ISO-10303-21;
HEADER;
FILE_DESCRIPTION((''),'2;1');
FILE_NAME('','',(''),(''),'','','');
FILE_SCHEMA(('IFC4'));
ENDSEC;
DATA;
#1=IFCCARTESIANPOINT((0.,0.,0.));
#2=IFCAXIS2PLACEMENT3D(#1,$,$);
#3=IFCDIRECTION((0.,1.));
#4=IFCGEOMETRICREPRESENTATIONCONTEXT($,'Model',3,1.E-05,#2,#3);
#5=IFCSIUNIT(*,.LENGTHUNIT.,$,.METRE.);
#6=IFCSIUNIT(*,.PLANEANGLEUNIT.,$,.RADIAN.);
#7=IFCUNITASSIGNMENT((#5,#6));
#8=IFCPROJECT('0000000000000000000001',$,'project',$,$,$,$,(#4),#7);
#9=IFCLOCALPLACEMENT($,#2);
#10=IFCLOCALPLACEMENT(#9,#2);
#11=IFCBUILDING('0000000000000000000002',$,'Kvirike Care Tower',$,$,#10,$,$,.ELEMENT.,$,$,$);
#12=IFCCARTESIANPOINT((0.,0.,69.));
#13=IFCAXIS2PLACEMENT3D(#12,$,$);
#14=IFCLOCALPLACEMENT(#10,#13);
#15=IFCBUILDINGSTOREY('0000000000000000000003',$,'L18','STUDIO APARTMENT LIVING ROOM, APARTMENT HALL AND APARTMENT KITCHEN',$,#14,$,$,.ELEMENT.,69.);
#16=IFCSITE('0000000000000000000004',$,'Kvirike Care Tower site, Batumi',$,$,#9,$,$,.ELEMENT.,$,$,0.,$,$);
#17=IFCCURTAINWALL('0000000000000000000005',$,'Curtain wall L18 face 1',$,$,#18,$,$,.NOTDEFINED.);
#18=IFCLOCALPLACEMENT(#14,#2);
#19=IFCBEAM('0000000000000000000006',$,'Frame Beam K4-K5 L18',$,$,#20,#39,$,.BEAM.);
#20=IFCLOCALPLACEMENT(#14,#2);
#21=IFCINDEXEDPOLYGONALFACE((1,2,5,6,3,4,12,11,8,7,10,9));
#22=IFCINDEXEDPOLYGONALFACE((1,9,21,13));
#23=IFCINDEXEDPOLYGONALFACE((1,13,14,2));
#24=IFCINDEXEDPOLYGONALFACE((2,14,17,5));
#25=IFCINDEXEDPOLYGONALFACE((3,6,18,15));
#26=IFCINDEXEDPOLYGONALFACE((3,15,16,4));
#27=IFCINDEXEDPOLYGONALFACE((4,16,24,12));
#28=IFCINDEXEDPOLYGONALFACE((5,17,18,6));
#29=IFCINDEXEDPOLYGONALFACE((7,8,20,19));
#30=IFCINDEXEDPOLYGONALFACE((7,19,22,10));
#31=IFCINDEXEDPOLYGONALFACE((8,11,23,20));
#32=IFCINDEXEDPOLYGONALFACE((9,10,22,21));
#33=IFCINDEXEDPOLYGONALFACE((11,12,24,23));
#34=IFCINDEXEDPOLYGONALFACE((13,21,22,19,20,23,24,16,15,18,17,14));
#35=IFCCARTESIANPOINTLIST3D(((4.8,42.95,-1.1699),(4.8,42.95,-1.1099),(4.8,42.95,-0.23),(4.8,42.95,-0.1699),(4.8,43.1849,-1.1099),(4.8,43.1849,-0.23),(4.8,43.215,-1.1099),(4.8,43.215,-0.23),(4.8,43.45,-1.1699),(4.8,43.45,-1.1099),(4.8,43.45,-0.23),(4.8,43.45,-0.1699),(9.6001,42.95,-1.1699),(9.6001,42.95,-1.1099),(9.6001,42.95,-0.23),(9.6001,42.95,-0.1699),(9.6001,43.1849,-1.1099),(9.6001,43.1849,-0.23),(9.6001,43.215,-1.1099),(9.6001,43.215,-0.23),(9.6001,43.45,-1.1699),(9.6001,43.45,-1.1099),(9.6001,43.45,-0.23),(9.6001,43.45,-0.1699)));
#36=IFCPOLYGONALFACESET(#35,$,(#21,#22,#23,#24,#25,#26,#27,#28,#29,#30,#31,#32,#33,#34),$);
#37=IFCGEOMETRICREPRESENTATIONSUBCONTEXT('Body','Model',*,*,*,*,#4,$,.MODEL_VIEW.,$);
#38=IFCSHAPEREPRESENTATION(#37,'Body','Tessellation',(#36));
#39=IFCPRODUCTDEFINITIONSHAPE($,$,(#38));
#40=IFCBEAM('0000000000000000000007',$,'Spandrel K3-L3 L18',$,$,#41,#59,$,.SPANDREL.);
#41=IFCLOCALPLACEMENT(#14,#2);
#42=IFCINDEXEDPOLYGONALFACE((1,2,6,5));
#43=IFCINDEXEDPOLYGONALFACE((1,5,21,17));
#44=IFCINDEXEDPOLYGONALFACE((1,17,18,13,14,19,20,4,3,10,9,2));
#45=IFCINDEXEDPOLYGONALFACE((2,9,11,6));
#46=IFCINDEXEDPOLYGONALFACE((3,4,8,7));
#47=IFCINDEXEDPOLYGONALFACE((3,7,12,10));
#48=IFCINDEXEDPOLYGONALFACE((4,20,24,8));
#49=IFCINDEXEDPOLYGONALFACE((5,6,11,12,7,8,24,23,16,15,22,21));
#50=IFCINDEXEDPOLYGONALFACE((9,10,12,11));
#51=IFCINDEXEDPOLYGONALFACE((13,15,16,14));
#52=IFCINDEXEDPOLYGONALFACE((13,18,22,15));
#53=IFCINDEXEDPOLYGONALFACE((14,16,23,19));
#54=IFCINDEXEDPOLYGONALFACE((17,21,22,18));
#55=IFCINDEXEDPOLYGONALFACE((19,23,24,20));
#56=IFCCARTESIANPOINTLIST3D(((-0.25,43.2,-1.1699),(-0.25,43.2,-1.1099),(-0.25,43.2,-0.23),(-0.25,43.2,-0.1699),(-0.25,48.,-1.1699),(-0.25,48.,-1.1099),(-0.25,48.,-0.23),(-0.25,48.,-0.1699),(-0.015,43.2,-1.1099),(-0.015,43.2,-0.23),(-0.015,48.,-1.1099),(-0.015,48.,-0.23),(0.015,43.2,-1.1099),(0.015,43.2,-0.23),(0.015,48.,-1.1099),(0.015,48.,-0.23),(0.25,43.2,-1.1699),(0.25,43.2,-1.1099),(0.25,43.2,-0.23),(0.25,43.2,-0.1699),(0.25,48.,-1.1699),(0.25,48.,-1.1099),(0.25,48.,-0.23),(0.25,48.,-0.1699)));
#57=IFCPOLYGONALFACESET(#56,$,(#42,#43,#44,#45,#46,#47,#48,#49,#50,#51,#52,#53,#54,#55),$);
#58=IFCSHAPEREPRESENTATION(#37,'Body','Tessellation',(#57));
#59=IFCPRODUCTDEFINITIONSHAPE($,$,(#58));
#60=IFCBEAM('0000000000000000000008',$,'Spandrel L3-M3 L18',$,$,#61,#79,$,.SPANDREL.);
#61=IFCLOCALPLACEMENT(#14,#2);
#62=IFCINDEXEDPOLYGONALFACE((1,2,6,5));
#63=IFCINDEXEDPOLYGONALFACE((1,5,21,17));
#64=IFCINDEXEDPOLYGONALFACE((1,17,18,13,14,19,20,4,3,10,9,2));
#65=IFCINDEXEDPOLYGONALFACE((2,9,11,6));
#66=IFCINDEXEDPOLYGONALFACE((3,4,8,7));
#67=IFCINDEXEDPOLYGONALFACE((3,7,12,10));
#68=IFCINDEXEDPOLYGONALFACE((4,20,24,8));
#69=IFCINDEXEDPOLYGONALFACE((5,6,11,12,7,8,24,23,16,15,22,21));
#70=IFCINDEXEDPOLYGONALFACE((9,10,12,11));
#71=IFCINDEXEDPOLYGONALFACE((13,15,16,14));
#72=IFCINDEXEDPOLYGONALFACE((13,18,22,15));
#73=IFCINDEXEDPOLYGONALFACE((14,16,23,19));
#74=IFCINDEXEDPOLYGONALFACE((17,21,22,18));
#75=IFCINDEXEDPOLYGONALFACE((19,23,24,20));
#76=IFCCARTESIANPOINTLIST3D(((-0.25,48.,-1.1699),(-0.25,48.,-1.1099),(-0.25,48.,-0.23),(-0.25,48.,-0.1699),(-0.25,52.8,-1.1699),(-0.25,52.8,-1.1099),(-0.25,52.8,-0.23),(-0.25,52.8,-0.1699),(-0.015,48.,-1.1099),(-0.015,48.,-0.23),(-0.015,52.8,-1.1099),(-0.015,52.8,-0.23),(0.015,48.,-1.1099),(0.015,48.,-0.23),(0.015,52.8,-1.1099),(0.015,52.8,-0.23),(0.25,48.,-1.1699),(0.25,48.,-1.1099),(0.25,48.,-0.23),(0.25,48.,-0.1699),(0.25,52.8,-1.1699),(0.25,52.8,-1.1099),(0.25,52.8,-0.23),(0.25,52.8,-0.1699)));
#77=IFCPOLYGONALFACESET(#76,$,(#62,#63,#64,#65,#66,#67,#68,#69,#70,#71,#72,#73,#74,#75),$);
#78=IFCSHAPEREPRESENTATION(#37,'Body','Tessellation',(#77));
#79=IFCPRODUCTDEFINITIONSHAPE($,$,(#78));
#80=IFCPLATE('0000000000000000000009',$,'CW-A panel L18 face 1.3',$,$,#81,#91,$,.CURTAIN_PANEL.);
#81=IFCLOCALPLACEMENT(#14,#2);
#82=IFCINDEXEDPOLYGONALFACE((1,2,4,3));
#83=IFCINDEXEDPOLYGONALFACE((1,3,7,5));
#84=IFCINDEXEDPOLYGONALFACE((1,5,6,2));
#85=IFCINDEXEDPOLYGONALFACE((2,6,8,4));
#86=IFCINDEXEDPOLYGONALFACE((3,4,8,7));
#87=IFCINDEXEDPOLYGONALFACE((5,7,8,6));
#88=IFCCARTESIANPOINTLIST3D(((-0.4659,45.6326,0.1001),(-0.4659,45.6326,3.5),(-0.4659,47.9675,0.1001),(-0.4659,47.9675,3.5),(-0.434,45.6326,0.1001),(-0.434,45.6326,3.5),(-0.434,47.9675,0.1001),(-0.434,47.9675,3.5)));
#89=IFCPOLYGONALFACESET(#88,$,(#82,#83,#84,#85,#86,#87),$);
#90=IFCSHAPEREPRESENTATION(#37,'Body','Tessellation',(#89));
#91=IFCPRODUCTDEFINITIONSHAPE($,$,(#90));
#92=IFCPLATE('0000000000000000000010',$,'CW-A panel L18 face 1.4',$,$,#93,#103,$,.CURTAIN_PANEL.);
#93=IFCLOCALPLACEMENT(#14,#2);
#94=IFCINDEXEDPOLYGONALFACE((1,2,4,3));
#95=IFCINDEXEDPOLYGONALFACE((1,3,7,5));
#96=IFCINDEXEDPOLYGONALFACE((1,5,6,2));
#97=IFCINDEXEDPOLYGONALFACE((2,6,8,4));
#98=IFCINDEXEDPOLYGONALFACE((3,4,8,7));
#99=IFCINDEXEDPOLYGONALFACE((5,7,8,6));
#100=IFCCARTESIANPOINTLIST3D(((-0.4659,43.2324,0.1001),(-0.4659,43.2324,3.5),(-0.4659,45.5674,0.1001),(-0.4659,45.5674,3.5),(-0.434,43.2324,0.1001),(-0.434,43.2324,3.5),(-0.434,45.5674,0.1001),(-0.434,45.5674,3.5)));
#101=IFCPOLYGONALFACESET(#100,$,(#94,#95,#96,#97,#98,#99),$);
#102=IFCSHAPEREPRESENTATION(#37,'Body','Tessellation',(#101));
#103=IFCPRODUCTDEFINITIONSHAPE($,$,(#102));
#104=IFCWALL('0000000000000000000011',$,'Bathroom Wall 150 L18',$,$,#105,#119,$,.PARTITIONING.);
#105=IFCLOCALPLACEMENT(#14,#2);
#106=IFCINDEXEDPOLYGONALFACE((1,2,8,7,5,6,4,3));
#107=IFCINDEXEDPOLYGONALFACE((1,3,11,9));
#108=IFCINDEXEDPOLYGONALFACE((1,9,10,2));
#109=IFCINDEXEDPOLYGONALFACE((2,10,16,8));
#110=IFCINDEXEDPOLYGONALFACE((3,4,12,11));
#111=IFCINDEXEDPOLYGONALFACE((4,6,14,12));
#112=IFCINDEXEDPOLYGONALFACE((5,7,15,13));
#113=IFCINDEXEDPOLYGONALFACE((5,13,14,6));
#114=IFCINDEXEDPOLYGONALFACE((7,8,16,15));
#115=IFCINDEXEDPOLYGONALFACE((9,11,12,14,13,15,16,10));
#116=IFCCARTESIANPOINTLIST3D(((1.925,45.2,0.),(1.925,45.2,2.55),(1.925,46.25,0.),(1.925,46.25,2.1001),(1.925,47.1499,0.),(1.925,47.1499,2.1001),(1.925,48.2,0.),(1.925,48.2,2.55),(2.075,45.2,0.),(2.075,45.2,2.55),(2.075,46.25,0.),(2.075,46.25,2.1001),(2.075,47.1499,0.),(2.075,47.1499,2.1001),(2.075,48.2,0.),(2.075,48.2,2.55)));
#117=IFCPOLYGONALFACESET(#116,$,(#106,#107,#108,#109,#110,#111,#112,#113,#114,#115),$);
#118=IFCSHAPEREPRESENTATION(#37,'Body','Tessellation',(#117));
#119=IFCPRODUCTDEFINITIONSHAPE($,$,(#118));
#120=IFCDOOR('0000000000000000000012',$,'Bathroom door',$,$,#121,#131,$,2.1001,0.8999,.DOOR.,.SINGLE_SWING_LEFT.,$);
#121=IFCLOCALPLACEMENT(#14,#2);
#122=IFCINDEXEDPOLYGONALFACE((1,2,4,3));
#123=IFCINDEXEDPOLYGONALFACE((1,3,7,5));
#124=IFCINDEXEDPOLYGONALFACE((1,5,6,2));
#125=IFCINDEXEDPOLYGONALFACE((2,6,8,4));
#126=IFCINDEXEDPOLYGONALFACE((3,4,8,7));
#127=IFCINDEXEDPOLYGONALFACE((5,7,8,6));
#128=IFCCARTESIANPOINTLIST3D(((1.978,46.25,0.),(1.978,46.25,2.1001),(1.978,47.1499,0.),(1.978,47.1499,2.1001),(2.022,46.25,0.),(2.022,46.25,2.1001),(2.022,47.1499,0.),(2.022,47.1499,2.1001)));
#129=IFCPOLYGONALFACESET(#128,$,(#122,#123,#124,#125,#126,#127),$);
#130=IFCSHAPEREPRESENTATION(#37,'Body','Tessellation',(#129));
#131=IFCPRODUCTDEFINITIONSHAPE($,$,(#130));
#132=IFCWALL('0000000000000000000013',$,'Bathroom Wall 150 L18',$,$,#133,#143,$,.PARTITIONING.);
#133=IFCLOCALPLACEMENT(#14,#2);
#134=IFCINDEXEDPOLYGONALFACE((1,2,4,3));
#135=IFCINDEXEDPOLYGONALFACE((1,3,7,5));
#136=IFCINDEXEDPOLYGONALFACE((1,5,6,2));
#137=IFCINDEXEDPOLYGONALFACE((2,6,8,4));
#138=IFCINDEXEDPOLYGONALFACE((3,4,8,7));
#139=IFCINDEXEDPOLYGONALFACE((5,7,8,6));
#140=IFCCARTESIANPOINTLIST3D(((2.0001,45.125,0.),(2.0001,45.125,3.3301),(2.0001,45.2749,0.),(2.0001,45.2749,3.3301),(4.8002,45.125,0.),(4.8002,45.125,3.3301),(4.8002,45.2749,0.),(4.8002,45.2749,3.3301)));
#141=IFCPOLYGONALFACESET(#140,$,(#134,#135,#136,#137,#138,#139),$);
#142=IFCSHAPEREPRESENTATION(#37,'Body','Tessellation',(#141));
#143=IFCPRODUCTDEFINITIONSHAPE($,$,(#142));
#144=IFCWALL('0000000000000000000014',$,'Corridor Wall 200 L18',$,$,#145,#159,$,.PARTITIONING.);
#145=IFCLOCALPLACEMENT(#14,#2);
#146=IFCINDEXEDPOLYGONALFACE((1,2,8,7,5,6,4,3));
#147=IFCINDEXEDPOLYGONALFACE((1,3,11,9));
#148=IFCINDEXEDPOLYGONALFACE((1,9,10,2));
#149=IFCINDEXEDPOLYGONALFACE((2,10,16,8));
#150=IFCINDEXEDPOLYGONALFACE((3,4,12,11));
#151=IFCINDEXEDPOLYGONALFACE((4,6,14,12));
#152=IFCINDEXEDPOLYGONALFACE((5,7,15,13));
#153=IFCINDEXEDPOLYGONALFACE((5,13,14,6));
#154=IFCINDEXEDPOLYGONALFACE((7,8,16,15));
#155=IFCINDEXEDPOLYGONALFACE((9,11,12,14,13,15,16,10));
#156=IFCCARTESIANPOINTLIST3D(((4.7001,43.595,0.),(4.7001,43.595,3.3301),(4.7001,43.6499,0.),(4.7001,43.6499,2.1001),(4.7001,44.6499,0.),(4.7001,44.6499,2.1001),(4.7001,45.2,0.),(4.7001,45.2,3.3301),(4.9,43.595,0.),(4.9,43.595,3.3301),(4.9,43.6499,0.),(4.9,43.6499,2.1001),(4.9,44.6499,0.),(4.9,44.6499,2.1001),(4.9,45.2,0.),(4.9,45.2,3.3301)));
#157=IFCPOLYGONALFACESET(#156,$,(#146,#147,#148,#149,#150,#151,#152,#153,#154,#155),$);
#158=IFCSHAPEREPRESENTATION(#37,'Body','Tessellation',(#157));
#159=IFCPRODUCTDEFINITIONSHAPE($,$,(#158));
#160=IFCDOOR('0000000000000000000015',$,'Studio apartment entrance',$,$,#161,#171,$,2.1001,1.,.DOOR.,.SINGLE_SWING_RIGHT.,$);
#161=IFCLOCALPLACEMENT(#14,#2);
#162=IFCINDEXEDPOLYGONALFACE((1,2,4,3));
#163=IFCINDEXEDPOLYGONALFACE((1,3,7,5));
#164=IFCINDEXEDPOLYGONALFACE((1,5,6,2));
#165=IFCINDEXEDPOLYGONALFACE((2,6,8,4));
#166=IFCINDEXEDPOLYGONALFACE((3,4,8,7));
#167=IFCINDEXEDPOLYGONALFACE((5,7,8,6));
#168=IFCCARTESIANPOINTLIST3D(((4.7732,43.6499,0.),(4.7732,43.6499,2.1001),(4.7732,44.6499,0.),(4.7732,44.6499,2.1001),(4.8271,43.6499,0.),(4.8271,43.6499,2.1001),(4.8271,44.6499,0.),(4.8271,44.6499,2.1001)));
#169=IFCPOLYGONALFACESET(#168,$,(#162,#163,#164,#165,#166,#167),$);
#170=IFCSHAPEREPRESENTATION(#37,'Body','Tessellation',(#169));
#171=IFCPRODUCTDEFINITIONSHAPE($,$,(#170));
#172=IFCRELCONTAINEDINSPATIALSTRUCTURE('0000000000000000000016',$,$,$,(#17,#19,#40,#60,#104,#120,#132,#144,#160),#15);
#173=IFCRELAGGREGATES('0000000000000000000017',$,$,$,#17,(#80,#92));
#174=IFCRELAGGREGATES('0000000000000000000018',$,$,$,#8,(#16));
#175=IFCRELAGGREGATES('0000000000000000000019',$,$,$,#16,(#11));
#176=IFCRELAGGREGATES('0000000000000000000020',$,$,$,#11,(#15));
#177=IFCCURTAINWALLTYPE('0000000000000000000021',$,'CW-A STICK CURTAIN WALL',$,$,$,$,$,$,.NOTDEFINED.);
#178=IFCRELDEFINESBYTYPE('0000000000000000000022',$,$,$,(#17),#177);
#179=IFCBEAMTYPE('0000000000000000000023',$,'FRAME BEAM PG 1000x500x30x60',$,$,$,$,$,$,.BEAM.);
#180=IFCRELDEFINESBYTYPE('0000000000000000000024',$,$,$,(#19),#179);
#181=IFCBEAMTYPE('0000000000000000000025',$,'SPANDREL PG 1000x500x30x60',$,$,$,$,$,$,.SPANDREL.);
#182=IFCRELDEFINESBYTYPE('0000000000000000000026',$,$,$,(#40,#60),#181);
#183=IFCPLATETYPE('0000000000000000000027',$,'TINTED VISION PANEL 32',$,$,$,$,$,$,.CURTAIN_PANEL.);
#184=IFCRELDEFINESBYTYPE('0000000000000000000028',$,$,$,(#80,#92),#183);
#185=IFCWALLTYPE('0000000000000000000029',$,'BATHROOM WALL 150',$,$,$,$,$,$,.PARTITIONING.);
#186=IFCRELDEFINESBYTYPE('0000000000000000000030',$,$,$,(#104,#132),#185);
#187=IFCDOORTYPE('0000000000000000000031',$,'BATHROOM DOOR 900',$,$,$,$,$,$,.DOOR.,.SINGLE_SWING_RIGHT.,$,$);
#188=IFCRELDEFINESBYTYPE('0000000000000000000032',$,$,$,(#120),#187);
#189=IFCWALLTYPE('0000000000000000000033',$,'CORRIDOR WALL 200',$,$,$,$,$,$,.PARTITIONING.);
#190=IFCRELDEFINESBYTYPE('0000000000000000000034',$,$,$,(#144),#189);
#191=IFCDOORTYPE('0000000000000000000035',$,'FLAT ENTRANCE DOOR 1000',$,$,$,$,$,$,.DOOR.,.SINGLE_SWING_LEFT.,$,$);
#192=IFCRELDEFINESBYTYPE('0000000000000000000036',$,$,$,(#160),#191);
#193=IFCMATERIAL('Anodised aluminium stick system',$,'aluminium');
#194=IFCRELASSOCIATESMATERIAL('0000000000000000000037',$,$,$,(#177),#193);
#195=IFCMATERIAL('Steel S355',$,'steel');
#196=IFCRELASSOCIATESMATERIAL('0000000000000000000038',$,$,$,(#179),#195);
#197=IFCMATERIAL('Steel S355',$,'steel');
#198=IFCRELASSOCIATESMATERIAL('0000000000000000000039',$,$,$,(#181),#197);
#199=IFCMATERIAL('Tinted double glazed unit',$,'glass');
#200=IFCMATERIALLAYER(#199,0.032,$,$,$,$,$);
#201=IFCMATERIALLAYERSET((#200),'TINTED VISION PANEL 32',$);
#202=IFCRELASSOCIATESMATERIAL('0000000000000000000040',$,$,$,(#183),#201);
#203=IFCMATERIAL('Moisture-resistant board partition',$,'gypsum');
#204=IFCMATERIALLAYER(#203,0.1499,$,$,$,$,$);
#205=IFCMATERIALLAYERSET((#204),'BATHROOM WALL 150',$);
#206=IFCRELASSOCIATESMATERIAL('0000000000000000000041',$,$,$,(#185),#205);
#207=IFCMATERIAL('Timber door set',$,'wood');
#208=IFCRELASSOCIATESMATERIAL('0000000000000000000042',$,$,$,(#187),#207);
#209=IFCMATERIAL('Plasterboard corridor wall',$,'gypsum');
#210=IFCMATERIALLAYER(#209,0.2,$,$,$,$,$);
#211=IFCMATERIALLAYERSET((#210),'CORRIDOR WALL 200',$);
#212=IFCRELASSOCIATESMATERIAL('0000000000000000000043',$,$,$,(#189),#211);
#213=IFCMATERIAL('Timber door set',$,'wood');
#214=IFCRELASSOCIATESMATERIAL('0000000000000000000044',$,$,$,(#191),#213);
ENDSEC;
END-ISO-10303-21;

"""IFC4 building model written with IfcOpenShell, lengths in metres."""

from ifc_helpers import new_model, si_unit, direction, frame, frame_2d, origin, origin_2d, place, context, subcontext, project, spatial, rectangle, i_section, extrude, material, layer, layer_set, material_profile, profile_set, type_object, element, fill, aggregate, save


model = new_model("IFC4")

# Units and contexts
model_context = context("Model", 3, precision=1e-05, world=origin(), true_north=direction((0.0, 1.0)))
body_context = subcontext(model_context, "Body", "Model", "MODEL_VIEW")
ifc_project = project(units=[si_unit("LENGTHUNIT", "METRE"), si_unit("PLANEANGLEUNIT", "RADIAN")], contexts=[model_context])

# Site, building, storey
site_placement = place(None, origin())
site = spatial("IfcSite", under=ifc_project, at=site_placement, Name="Kvirike Care Tower site, Batumi", CompositionType="ELEMENT", RefElevation=0.0)
building_placement = place(site_placement, origin())
building = spatial("IfcBuilding", under=site, at=building_placement, Name="Kvirike Care Tower", CompositionType="ELEMENT")
storey_placement = place(building_placement, frame((0.0, 0.0, 69.0)))
storey = spatial("IfcBuildingStorey", under=building, at=storey_placement, Name="L18", Description="STUDIO APARTMENT LIVING ROOM, APARTMENT HALL AND APARTMENT KITCHEN", CompositionType="ELEMENT", Elevation=69.0)

# Curtain wall
ifc_material_1 = material(Name="Anodised aluminium stick system", Category="aluminium")
curtain_wall_type = type_object("IfcCurtainWallType", Name="CW-A STICK CURTAIN WALL", PredefinedType="NOTDEFINED", material=ifc_material_1)
curtain_wall_placement = place(storey_placement, origin())
curtain_wall = element("IfcCurtainWall", 1, at=curtain_wall_placement, inside=storey, type_object=curtain_wall_type, Name="Curtain wall L18 face 1", PredefinedType="NOTDEFINED")

# Beams
ifc_material_2 = material(Name="Steel S355", Category="steel")
ifc_material_profile_1 = material_profile(ifc_material_2, i_section(OverallWidth=0.5, OverallDepth=1.0, WebThickness=0.03, FlangeThickness=0.0601, at=origin_2d()), Name="PG 1000x500x30x60")
ifc_profile_set_1 = profile_set([ifc_material_profile_1], Name="Steel S355")
beam_type_1 = type_object("IfcBeamType", Name="FRAME BEAM PG 1000x500x30x60", PredefinedType="BEAM", material=ifc_profile_set_1)
for number, where, z_axis, x_axis, name in (
    (2, (4.8, 43.2, -0.6699), (1.0, 0.0, 0.0), (0.0, 1.0, 0.0), "Frame Beam K4-K5 L18"),
):
    element("IfcBeam", number, at=place(storey_placement, frame(where, z_axis=z_axis, x_axis=x_axis)), inside=storey, type_object=beam_type_1, Name=name, PredefinedType="BEAM", context=body_context, shape_type="SweptSolid", body=[
        extrude(i_section(OverallWidth=0.5, OverallDepth=1.0, WebThickness=0.03, FlangeThickness=0.0601, at=origin_2d()), origin(), (0.0, 0.0, 1.0), 4.8),
    ])
ifc_material_3 = material(Name="Steel S355", Category="steel")
ifc_material_profile_2 = material_profile(ifc_material_3, i_section(OverallWidth=0.5, OverallDepth=1.0, WebThickness=0.03, FlangeThickness=0.0601, at=origin_2d()), Name="PG 1000x500x30x60")
ifc_profile_set_2 = profile_set([ifc_material_profile_2], Name="Steel S355")
beam_type_2 = type_object("IfcBeamType", Name="SPANDREL PG 1000x500x30x60", PredefinedType="SPANDREL", material=ifc_profile_set_2)
for number, where, z_axis, x_axis, name in (
    (3, (0.0, 43.2, -0.6699), (0.0, 1.0, 0.0), (-1.0, 0.0, 0.0), "Spandrel K3-L3 L18"),
    (4, (0.0, 48.0, -0.6699), (0.0, 1.0, 0.0), (-1.0, 0.0, 0.0), "Spandrel L3-M3 L18"),
):
    element("IfcBeam", number, at=place(storey_placement, frame(where, z_axis=z_axis, x_axis=x_axis)), inside=storey, type_object=beam_type_2, Name=name, PredefinedType="SPANDREL", context=body_context, shape_type="SweptSolid", body=[
        extrude(i_section(OverallWidth=0.5, OverallDepth=1.0, WebThickness=0.03, FlangeThickness=0.0601, at=origin_2d()), origin(), (0.0, 0.0, 1.0), 4.8),
    ])

# Plates
ifc_material_4 = material(Name="Tinted double glazed unit", Category="glass")
ifc_layer_1 = layer(ifc_material_4, 0.032)
ifc_layer_set_1 = layer_set([ifc_layer_1], Name="TINTED VISION PANEL 32")
plate_type = type_object("IfcPlateType", Name="TINTED VISION PANEL 32", PredefinedType="CURTAIN_PANEL", material=ifc_layer_set_1)
plate_1_placement = place(storey_placement, frame((-0.45, 46.8, 0.1001), z_axis=(0.0, 0.0, 1.0), x_axis=(0.0, -1.0, 0.0)))
plate_1 = element("IfcPlate", 5, at=plate_1_placement, type_object=plate_type, Name="CW-A panel L18 face 1.3", PredefinedType="CURTAIN_PANEL", context=body_context, shape_type="SweptSolid", body=[
    extrude(rectangle(XDim=2.335, YDim=0.032, at=origin_2d()), origin(), (0.0, 0.0, 1.0), 3.3999),
])
plate_2_placement = place(storey_placement, frame((-0.45, 44.3999, 0.1001), z_axis=(0.0, 0.0, 1.0), x_axis=(0.0, -1.0, 0.0)))
plate_2 = element("IfcPlate", 6, at=plate_2_placement, type_object=plate_type, Name="CW-A panel L18 face 1.4", PredefinedType="CURTAIN_PANEL", context=body_context, shape_type="SweptSolid", body=[
    extrude(rectangle(XDim=2.335, YDim=0.032, at=origin_2d()), origin(), (0.0, 0.0, 1.0), 3.3999),
])
aggregate(curtain_wall, [plate_1, plate_2])

# Wall, opening, door
ifc_material_5 = material(Name="Moisture-resistant board partition", Category="gypsum")
ifc_layer_2 = layer(ifc_material_5, 0.1499)
ifc_layer_set_2 = layer_set([ifc_layer_2], Name="BATHROOM WALL 150")
wall_type_1 = type_object("IfcWallType", Name="BATHROOM WALL 150", PredefinedType="PARTITIONING", material=ifc_layer_set_2)
wall_1_placement = place(storey_placement, frame((2.0, 48.2, 0.0), z_axis=(0.0, 0.0, 1.0), x_axis=(0.0, -1.0, 0.0)))
wall_1 = element("IfcWall", 7, at=wall_1_placement, inside=storey, type_object=wall_type_1, Name="Bathroom Wall 150 L18", PredefinedType="PARTITIONING", context=body_context, shape_type="SweptSolid", body=[
    extrude(rectangle(XDim=3.0, YDim=0.1499, at=frame_2d((1.5, 0.0))), origin(), (0.0, 0.0, 1.0), 2.55),
])
opening_1_placement = place(wall_1_placement, frame((1.05, 0.0, 0.0)))
opening_1 = element("IfcOpeningElement", 8, at=opening_1_placement, cuts=wall_1, PredefinedType="OPENING", context=body_context, shape_type="SweptSolid", body=[
    extrude(rectangle(XDim=0.8999, YDim=2.1001, at=frame_2d((0.45, 1.05))), frame((0.0, 0.0854, 0.0), z_axis=(0.0, -1.0, 0.0), x_axis=(1.0, 0.0, 0.0)), (0.0, 0.0, 1.0), 0.1709),
])
ifc_material_6 = material(Name="Timber door set", Category="wood")
door_type_1 = type_object("IfcDoorType", Name="BATHROOM DOOR 900", OperationType="SINGLE_SWING_RIGHT", PredefinedType="DOOR", material=ifc_material_6)
door_1_placement = place(opening_1_placement, origin())
door_1 = element("IfcDoor", 9, at=door_1_placement, inside=storey, type_object=door_type_1, Name="Bathroom door", OperationType="SINGLE_SWING_LEFT", OverallHeight=2.1001, OverallWidth=0.8999, PredefinedType="DOOR", context=body_context, shape_type="SweptSolid", body=[
    extrude(rectangle(XDim=0.8999, YDim=2.1001, at=frame_2d((0.45, 1.05))), frame((0.0, 0.022, 0.0), z_axis=(0.0, -1.0, 0.0), x_axis=(1.0, 0.0, 0.0)), (0.0, 0.0, 1.0), 0.0439),
])
fill(opening_1, door_1)

# Wall
wall_2_placement = place(storey_placement, frame((4.8, 45.2, 0.0), z_axis=(0.0, 0.0, 1.0), x_axis=(-1.0, 0.0, 0.0)))
element("IfcWall", 10, at=wall_2_placement, inside=storey, type_object=wall_type_1, Name="Bathroom Wall 150 L18", PredefinedType="PARTITIONING", context=body_context, shape_type="SweptSolid", body=[
    extrude(rectangle(XDim=2.8, YDim=0.1499, at=frame_2d((1.3999, 0.0))), origin(), (0.0, 0.0, 1.0), 3.3301),
])

# Wall, opening, door
ifc_material_7 = material(Name="Plasterboard corridor wall", Category="gypsum")
ifc_layer_3 = layer(ifc_material_7, 0.2)
ifc_layer_set_3 = layer_set([ifc_layer_3], Name="CORRIDOR WALL 200")
wall_type_2 = type_object("IfcWallType", Name="CORRIDOR WALL 200", PredefinedType="PARTITIONING", material=ifc_layer_set_3)
wall_3_placement = place(storey_placement, frame((4.8, 45.2, 0.0), z_axis=(0.0, 0.0, 1.0), x_axis=(0.0, -1.0, 0.0)))
wall_3 = element("IfcWall", 11, at=wall_3_placement, inside=storey, type_object=wall_type_2, Name="Corridor Wall 200 L18", PredefinedType="PARTITIONING", context=body_context, shape_type="SweptSolid", body=[
    extrude(rectangle(XDim=1.605, YDim=0.2, at=frame_2d((0.8025, 0.0))), origin(), (0.0, 0.0, 1.0), 3.3301),
])
opening_2_placement = place(wall_3_placement, frame((0.55, 0.0, 0.0)))
opening_2 = element("IfcOpeningElement", 12, at=opening_2_placement, cuts=wall_3, PredefinedType="OPENING", context=body_context, shape_type="SweptSolid", body=[
    extrude(rectangle(XDim=1.0, YDim=2.1001, at=frame_2d((0.5, 1.05))), frame((0.0, 0.1106, 0.0), z_axis=(0.0, -1.0, 0.0), x_axis=(1.0, 0.0, 0.0)), (0.0, 0.0, 1.0), 0.2209),
])
ifc_material_8 = material(Name="Timber door set", Category="wood")
door_type_2 = type_object("IfcDoorType", Name="FLAT ENTRANCE DOOR 1000", OperationType="SINGLE_SWING_LEFT", PredefinedType="DOOR", material=ifc_material_8)
door_2_placement = place(opening_2_placement, frame((1.0, 0.0, 0.0), z_axis=(0.0, 0.0, 1.0), x_axis=(-1.0, 0.0, 0.0)))
door_2 = element("IfcDoor", 13, at=door_2_placement, inside=storey, type_object=door_type_2, Name="Studio apartment entrance", OperationType="SINGLE_SWING_RIGHT", OverallHeight=2.1001, OverallWidth=1.0, PredefinedType="DOOR", context=body_context, shape_type="SweptSolid", body=[
    extrude(rectangle(XDim=1.0, YDim=2.1001, at=frame_2d((0.5, 1.05))), frame((0.0, 0.0269, 0.0), z_axis=(0.0, -1.0, 0.0), x_axis=(1.0, 0.0, 0.0)), (0.0, 0.0, 1.0), 0.054),
])
fill(opening_2, door_2)

save(model, "model.ifc")
